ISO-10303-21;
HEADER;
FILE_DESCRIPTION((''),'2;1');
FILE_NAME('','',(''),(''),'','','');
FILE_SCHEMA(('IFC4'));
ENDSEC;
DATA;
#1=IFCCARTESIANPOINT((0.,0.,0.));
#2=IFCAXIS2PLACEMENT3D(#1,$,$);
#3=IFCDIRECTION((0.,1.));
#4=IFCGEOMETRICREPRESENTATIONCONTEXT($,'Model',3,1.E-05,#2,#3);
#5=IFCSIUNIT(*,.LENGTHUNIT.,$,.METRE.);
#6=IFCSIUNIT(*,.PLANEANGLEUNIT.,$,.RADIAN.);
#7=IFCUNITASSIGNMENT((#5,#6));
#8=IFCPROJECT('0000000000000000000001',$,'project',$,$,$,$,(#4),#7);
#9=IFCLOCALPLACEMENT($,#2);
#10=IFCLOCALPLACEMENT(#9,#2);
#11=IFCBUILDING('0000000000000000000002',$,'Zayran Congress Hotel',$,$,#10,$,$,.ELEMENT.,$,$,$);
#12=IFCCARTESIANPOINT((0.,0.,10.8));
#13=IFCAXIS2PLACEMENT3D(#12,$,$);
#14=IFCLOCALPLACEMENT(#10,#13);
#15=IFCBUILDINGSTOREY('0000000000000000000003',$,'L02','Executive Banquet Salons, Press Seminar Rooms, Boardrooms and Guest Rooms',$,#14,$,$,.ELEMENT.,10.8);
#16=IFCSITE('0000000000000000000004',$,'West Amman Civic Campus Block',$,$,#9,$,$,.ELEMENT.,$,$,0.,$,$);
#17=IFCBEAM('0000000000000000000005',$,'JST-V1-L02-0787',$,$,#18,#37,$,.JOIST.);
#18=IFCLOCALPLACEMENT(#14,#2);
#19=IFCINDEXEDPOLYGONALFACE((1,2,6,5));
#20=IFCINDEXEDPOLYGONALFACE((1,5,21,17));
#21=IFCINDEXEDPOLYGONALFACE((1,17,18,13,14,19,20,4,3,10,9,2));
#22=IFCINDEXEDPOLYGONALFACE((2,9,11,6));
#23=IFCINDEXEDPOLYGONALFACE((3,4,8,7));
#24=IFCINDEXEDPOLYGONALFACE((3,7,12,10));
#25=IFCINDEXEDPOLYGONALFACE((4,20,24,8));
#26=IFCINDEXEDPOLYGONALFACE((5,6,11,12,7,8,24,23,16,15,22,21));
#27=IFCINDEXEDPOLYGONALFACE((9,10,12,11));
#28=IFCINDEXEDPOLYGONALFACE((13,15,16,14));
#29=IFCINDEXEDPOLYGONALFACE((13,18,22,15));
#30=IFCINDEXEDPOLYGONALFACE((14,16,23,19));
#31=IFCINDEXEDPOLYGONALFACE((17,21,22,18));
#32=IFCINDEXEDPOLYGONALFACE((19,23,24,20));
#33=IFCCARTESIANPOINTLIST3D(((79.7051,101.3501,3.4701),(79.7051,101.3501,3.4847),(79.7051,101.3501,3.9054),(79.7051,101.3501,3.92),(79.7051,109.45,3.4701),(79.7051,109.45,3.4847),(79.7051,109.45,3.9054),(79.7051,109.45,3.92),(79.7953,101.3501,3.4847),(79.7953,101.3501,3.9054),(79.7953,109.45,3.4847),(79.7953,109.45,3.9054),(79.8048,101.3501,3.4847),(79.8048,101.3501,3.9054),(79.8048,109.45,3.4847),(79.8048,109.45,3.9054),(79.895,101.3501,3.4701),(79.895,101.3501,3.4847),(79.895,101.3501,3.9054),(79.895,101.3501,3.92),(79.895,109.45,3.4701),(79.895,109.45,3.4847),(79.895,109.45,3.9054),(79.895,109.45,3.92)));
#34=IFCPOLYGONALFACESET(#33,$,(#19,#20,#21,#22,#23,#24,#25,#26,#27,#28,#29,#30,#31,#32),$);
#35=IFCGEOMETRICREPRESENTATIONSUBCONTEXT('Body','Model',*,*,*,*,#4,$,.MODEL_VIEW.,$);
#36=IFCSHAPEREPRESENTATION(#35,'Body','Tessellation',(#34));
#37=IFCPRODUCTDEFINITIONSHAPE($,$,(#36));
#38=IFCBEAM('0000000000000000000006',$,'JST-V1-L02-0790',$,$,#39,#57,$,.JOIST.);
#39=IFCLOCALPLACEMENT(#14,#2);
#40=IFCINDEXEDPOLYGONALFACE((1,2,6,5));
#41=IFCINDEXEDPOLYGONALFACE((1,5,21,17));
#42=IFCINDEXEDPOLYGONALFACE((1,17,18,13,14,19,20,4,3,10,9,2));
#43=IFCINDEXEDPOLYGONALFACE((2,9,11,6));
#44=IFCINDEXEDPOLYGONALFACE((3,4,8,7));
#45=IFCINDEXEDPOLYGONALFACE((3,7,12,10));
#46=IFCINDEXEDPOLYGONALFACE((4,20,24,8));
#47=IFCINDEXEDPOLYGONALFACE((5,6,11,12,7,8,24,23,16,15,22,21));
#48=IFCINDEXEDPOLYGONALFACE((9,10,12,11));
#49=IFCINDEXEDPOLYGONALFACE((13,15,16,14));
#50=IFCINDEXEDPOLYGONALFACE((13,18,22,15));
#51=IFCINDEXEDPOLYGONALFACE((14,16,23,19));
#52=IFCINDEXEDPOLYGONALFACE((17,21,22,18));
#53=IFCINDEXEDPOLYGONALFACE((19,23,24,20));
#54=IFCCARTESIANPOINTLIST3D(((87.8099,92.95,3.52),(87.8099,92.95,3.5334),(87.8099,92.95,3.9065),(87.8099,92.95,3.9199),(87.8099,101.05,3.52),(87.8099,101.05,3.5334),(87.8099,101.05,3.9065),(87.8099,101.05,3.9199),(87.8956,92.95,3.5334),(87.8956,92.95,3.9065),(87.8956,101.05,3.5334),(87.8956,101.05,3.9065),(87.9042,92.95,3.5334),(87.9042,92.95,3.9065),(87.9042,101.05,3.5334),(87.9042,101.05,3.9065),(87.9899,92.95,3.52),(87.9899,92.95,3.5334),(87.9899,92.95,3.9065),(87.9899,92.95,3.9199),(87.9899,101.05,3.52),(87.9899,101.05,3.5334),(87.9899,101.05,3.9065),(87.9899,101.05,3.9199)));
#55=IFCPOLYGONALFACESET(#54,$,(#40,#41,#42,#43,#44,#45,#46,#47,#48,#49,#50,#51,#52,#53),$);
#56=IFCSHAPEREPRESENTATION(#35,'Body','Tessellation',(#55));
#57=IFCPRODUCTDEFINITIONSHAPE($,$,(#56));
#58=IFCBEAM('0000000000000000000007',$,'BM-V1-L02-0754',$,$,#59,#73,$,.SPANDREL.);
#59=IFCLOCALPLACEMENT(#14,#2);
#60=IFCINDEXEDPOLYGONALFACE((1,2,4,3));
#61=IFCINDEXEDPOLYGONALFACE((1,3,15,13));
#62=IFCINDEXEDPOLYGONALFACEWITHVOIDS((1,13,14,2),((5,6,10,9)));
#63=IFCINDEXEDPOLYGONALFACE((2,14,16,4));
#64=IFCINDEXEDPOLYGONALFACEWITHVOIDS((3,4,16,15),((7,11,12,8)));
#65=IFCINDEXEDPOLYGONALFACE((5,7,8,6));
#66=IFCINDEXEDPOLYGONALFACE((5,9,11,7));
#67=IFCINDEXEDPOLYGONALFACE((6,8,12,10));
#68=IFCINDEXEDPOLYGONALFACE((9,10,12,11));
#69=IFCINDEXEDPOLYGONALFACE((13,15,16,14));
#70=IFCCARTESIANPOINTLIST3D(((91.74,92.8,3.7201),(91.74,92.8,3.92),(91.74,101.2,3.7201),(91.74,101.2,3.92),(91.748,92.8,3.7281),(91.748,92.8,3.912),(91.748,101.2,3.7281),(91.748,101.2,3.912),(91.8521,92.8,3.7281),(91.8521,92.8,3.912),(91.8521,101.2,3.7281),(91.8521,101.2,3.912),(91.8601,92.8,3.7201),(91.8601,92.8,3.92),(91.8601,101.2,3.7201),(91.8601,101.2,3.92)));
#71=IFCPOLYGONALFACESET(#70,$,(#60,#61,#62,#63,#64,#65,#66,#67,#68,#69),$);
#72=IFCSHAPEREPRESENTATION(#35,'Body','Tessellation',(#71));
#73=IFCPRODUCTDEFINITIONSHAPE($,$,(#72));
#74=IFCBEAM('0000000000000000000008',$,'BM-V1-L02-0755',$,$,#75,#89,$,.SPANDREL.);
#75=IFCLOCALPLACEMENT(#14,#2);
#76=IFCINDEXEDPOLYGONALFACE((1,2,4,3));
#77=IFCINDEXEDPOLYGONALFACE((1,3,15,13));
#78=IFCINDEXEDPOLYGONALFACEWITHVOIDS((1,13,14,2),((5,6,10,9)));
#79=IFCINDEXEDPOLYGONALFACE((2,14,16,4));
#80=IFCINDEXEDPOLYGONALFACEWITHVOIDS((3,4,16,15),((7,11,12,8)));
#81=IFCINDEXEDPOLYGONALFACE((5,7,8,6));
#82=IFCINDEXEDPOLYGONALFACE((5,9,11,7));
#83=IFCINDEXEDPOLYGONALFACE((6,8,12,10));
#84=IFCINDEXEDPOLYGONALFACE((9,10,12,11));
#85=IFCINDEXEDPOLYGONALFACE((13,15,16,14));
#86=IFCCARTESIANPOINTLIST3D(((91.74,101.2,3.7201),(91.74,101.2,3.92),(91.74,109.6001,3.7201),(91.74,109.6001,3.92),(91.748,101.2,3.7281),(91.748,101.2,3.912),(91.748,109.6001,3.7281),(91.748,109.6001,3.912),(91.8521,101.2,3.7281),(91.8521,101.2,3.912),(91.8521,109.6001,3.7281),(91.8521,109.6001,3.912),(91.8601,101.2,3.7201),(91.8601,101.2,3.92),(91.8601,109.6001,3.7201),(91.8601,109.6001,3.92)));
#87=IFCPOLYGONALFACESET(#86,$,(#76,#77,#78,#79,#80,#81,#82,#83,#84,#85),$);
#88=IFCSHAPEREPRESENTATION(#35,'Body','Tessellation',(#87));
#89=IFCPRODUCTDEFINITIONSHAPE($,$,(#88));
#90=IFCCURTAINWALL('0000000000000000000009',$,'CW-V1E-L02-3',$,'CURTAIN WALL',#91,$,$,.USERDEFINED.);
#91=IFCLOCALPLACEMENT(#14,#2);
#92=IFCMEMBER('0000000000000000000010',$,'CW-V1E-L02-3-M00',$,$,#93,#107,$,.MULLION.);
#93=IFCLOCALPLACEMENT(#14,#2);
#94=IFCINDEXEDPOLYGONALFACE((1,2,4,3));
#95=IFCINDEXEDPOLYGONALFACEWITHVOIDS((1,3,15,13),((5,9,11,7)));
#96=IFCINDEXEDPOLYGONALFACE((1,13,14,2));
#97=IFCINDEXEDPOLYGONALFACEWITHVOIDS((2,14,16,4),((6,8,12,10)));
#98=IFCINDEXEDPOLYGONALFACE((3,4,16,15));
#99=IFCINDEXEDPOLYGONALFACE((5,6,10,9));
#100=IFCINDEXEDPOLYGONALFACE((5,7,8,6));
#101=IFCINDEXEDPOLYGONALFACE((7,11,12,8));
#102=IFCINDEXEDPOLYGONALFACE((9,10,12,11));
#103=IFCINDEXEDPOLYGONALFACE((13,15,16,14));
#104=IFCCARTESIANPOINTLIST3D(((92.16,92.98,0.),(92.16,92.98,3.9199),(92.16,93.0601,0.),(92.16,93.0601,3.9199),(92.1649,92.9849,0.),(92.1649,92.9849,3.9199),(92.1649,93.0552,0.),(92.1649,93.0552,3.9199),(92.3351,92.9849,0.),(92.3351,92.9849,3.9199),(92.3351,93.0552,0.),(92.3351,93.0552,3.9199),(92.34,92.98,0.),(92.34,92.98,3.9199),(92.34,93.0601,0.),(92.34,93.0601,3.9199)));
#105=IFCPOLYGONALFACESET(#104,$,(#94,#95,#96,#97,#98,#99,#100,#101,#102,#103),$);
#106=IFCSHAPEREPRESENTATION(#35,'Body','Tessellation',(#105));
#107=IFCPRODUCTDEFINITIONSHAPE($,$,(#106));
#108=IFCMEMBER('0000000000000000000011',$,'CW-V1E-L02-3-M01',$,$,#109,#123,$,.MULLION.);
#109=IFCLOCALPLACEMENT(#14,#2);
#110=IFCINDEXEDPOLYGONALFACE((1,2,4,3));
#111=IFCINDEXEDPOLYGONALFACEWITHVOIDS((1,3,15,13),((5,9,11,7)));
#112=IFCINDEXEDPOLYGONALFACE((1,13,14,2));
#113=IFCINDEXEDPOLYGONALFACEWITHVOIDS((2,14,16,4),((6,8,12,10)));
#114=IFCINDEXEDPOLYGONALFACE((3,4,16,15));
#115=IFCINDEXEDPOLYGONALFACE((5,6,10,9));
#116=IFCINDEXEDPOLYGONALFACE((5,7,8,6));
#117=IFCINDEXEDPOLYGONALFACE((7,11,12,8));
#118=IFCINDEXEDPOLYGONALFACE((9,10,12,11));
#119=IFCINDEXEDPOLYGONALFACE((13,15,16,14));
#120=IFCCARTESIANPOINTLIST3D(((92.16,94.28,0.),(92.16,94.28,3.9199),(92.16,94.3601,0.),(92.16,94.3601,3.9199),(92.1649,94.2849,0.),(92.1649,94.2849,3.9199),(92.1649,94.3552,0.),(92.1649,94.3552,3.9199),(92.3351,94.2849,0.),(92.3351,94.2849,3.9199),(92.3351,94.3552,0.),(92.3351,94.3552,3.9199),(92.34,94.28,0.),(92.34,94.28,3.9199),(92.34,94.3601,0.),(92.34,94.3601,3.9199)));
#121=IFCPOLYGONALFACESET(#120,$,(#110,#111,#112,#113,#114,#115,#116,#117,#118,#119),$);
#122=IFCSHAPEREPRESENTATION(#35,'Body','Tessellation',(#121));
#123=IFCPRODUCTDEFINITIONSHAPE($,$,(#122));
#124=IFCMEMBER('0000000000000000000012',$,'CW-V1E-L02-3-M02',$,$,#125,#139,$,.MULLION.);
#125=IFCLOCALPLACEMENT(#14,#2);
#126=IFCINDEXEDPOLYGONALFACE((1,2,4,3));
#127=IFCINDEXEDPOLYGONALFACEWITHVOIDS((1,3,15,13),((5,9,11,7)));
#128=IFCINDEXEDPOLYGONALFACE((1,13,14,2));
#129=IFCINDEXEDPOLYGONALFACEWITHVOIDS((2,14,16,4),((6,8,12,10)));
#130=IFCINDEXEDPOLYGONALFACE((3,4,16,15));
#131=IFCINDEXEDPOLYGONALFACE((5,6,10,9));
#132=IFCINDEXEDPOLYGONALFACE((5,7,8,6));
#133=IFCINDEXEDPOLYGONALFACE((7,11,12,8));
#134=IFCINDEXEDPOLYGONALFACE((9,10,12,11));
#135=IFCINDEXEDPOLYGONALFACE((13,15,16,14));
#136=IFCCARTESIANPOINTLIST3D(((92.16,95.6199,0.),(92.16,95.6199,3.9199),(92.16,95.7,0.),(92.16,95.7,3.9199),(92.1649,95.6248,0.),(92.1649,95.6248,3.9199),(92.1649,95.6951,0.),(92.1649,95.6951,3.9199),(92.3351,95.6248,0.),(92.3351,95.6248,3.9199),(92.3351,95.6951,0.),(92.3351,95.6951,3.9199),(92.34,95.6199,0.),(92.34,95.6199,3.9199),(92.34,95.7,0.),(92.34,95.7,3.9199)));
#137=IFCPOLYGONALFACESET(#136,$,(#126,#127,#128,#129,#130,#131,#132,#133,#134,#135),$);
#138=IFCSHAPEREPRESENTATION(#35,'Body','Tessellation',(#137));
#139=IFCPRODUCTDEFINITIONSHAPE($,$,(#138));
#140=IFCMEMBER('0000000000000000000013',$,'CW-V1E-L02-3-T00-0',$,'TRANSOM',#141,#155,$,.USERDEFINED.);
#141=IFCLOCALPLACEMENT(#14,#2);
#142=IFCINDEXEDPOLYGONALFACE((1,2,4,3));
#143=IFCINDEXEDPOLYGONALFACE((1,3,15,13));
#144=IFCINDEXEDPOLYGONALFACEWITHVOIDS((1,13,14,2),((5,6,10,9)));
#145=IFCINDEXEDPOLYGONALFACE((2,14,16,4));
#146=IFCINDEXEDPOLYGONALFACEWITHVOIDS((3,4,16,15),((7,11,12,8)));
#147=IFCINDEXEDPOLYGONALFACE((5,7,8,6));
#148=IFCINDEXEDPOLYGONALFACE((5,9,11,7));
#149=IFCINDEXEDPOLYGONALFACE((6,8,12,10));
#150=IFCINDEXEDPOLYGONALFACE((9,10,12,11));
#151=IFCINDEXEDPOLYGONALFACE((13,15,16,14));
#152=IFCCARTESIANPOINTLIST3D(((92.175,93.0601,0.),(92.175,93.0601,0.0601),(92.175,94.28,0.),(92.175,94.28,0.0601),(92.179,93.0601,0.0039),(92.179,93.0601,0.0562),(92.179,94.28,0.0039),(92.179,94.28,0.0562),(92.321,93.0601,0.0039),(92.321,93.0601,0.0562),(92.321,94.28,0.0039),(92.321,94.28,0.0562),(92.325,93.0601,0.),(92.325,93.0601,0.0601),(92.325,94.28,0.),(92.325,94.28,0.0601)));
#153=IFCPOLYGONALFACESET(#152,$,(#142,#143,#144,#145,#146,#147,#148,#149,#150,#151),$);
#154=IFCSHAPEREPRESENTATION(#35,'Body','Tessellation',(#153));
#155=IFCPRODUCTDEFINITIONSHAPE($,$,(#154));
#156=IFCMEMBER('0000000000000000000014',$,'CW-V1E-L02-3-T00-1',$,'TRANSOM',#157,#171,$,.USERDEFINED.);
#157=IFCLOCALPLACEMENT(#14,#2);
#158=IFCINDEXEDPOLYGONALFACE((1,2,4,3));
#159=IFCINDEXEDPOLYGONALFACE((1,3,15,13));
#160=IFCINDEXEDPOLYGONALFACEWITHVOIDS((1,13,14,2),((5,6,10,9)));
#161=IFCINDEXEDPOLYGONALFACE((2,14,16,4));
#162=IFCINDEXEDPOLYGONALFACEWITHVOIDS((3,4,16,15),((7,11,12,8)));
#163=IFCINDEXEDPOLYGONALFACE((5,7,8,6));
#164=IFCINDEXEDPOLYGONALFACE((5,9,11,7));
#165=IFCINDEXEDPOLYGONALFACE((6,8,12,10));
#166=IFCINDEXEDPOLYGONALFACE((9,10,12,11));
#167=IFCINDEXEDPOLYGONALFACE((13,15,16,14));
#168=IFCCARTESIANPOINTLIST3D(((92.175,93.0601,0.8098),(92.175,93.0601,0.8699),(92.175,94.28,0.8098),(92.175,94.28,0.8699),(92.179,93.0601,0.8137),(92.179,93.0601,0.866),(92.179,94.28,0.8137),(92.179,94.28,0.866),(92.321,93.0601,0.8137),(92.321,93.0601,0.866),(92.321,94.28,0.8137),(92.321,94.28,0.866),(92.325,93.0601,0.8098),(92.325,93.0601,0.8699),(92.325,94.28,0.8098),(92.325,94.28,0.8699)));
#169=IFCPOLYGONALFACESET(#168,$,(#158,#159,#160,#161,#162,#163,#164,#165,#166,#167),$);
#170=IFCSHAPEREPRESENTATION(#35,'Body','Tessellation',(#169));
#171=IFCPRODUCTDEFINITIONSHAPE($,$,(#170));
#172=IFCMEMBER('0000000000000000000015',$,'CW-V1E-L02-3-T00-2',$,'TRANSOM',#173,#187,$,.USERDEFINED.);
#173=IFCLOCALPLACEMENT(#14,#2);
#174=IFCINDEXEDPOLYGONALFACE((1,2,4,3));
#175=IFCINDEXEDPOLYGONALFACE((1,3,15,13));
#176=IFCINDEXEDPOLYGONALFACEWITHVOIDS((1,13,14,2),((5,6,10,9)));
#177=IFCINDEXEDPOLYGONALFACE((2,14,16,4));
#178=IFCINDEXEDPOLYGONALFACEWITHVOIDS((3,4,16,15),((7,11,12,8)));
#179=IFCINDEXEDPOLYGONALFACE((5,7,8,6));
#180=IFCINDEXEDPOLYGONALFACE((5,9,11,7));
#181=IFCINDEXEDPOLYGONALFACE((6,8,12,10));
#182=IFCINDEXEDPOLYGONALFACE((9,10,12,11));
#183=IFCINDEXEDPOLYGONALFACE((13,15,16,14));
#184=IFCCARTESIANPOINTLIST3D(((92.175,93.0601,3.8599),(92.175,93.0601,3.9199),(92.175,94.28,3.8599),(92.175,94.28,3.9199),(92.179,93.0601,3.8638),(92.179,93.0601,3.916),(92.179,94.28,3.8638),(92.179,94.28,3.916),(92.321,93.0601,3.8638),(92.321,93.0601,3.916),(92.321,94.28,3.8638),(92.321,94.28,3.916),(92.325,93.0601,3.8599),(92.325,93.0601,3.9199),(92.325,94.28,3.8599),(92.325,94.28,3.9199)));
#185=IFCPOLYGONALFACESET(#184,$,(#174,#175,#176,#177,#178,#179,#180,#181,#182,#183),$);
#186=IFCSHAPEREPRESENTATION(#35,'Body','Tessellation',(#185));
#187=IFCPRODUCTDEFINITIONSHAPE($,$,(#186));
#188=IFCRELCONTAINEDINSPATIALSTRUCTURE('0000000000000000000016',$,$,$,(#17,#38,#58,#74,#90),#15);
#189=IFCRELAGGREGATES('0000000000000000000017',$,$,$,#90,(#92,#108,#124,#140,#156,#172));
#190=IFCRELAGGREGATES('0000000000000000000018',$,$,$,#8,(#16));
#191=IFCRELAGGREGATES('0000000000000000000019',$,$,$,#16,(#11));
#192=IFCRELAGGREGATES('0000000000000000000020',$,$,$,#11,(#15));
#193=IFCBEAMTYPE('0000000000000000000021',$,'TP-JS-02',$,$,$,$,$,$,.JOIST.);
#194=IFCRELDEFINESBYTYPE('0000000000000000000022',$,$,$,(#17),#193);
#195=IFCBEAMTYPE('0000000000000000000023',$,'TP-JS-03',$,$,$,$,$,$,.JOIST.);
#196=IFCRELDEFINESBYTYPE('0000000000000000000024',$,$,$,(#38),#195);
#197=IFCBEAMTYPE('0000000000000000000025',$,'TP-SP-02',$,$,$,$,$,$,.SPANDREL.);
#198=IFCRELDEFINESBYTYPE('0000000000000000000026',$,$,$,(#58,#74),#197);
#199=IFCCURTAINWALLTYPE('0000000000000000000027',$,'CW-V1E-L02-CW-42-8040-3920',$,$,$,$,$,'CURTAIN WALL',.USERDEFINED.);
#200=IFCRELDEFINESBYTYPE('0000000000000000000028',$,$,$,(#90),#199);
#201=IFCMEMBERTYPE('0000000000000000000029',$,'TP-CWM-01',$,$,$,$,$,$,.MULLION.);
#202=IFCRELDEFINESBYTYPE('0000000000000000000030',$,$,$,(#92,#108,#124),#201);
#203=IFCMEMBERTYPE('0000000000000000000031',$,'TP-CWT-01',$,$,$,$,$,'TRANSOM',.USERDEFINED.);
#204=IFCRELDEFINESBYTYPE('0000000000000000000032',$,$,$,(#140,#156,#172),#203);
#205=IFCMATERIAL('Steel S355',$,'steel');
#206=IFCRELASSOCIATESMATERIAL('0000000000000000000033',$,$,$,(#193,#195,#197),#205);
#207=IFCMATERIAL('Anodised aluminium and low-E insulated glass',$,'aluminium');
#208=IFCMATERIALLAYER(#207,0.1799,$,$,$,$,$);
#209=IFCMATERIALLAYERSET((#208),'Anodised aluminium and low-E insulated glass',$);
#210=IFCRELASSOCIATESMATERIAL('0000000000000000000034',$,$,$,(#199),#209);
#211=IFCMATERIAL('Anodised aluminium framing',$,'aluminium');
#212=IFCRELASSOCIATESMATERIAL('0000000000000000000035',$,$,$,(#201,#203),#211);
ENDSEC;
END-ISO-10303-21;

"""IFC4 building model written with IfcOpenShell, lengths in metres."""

from ifc_helpers import new_model, si_unit, direction, frame, origin, origin_2d, place, context, subcontext, project, spatial, hollow_rectangle, i_section, extrude, material, layer, layer_set, material_profile, profile_set, type_object, element, aggregate, save


model = new_model("IFC4")

# Units and contexts
model_context = context("Model", 3, precision=1e-05, world=origin(), true_north=direction((0.0, 1.0)))
body_context = subcontext(model_context, "Body", "Model", "MODEL_VIEW")
ifc_project = project(units=[si_unit("LENGTHUNIT", "METRE"), si_unit("PLANEANGLEUNIT", "RADIAN")], contexts=[model_context])

# Site, building, storey
site_placement = place(None, origin())
site = spatial("IfcSite", under=ifc_project, at=site_placement, Name="West Amman Civic Campus Block", CompositionType="ELEMENT", RefElevation=0.0)
building_placement = place(site_placement, origin())
building = spatial("IfcBuilding", under=site, at=building_placement, Name="Zayran Congress Hotel", CompositionType="ELEMENT")
storey_placement = place(building_placement, frame((0.0, 0.0, 10.8)))
storey = spatial("IfcBuildingStorey", under=building, at=storey_placement, Name="L02", Description="Executive Banquet Salons, Press Seminar Rooms, Boardrooms and Guest Rooms", CompositionType="ELEMENT", Elevation=10.8)

# Shared definitions
ifc_material_1 = material(Name="Steel S355", Category="steel")

# Beams
ifc_material_profile_1 = material_profile(ifc_material_1, i_section(OverallWidth=0.1899, OverallDepth=0.45, WebThickness=0.0095, FlangeThickness=0.0146, at=origin_2d()), Name="IPE 450")
ifc_profile_set_1 = profile_set([ifc_material_profile_1], Name="Steel S355")
beam_type_1 = type_object("IfcBeamType", Name="TP-JS-02", PredefinedType="JOIST", material=ifc_profile_set_1)
beam_1_placement = place(storey_placement, frame((79.8, 101.3501, 3.6951), z_axis=(0.0, 1.0, 0.0), x_axis=(-1.0, 0.0, 0.0)))
element("IfcBeam", 1, at=beam_1_placement, inside=storey, type_object=beam_type_1, Name="JST-V1-L02-0787", PredefinedType="JOIST", context=body_context, shape_type="SweptSolid", body=[
    extrude(i_section(OverallWidth=0.1899, OverallDepth=0.45, WebThickness=0.0095, FlangeThickness=0.0146, at=origin_2d()), origin(), (0.0, 0.0, 1.0), 8.0999),
])
ifc_material_profile_2 = material_profile(ifc_material_1, i_section(OverallWidth=0.1799, OverallDepth=0.3999, WebThickness=0.0085, FlangeThickness=0.0134, at=origin_2d()), Name="IPE 400")
ifc_profile_set_2 = profile_set([ifc_material_profile_2], Name="Steel S355")
beam_type_2 = type_object("IfcBeamType", Name="TP-JS-03", PredefinedType="JOIST", material=ifc_profile_set_2)
beam_2_placement = place(storey_placement, frame((87.8999, 92.95, 3.72), z_axis=(0.0, 1.0, 0.0), x_axis=(-1.0, 0.0, 0.0)))
element("IfcBeam", 2, at=beam_2_placement, inside=storey, type_object=beam_type_2, Name="JST-V1-L02-0790", PredefinedType="JOIST", context=body_context, shape_type="SweptSolid", body=[
    extrude(i_section(OverallWidth=0.1799, OverallDepth=0.3999, WebThickness=0.0085, FlangeThickness=0.0134, at=origin_2d()), origin(), (0.0, 0.0, 1.0), 8.1001),
])
ifc_material_profile_3 = material_profile(ifc_material_1, hollow_rectangle(XDim=0.1201, YDim=0.2, WallThickness=0.0081, at=origin_2d()), Name="RHS 200x120x8")
ifc_profile_set_3 = profile_set([ifc_material_profile_3], Name="Steel S355")
beam_type_3 = type_object("IfcBeamType", Name="TP-SP-02", PredefinedType="SPANDREL", material=ifc_profile_set_3)
beam_3_placement = place(storey_placement, frame((91.8, 92.8, 3.8201), z_axis=(0.0, 1.0, 0.0), x_axis=(-1.0, 0.0, 0.0)))
element("IfcBeam", 3, at=beam_3_placement, inside=storey, type_object=beam_type_3, Name="BM-V1-L02-0754", PredefinedType="SPANDREL", context=body_context, shape_type="SweptSolid", body=[
    extrude(hollow_rectangle(XDim=0.1201, YDim=0.2, WallThickness=0.0081, at=origin_2d()), origin(), (0.0, 0.0, 1.0), 8.3999),
])
beam_4_placement = place(storey_placement, frame((91.8, 101.2, 3.8201), z_axis=(0.0, 1.0, 0.0), x_axis=(-1.0, 0.0, 0.0)))
element("IfcBeam", 4, at=beam_4_placement, inside=storey, type_object=beam_type_3, Name="BM-V1-L02-0755", PredefinedType="SPANDREL", context=body_context, shape_type="SweptSolid", body=[
    extrude(hollow_rectangle(XDim=0.1201, YDim=0.2, WallThickness=0.0081, at=origin_2d()), origin(), (0.0, 0.0, 1.0), 8.4001),
])

# Curtain wall, members
ifc_material_2 = material(Name="Anodised aluminium and low-E insulated glass", Category="aluminium")
ifc_layer_1 = layer(ifc_material_2, 0.1799)
ifc_layer_set_1 = layer_set([ifc_layer_1], Name="Anodised aluminium and low-E insulated glass")
curtain_wall_type = type_object("IfcCurtainWallType", Name="CW-V1E-L02-CW-42-8040-3920", ElementType="CURTAIN WALL", PredefinedType="USERDEFINED", material=ifc_layer_set_1)
curtain_wall_placement = place(storey_placement, origin())
curtain_wall = element("IfcCurtainWall", 5, at=curtain_wall_placement, inside=storey, type_object=curtain_wall_type, Name="CW-V1E-L02-3", ObjectType="CURTAIN WALL", PredefinedType="USERDEFINED")
ifc_material_3 = material(Name="Anodised aluminium framing", Category="aluminium")
ifc_material_profile_4 = material_profile(ifc_material_3, hollow_rectangle(XDim=0.0801, YDim=0.1799, WallThickness=0.0049, at=origin_2d()), Name="RHS 180x80x5")
ifc_profile_set_4 = profile_set([ifc_material_profile_4], Name="Anodised aluminium framing")
member_type_1 = type_object("IfcMemberType", Name="TP-CWM-01", PredefinedType="MULLION", material=ifc_profile_set_4)
member_1_placement = place(storey_placement, frame((92.25, 93.02, 0.0), z_axis=(0.0, 0.0, 1.0), x_axis=(0.0, 1.0, 0.0)))
member_1 = element("IfcMember", 6, at=member_1_placement, type_object=member_type_1, Name="CW-V1E-L02-3-M00", PredefinedType="MULLION", context=body_context, shape_type="SweptSolid", body=[
    extrude(hollow_rectangle(XDim=0.0801, YDim=0.1799, WallThickness=0.0049, at=origin_2d()), origin(), (0.0, 0.0, 1.0), 3.9199),
])
member_2_placement = place(storey_placement, frame((92.25, 94.3201, 0.0), z_axis=(0.0, 0.0, 1.0), x_axis=(0.0, 1.0, 0.0)))
member_2 = element("IfcMember", 7, at=member_2_placement, type_object=member_type_1, Name="CW-V1E-L02-3-M01", PredefinedType="MULLION", context=body_context, shape_type="SweptSolid", body=[
    extrude(hollow_rectangle(XDim=0.0801, YDim=0.1799, WallThickness=0.0049, at=origin_2d()), origin(), (0.0, 0.0, 1.0), 3.9199),
])
member_3_placement = place(storey_placement, frame((92.25, 95.6599, 0.0), z_axis=(0.0, 0.0, 1.0), x_axis=(0.0, 1.0, 0.0)))
member_3 = element("IfcMember", 8, at=member_3_placement, type_object=member_type_1, Name="CW-V1E-L02-3-M02", PredefinedType="MULLION", context=body_context, shape_type="SweptSolid", body=[
    extrude(hollow_rectangle(XDim=0.0801, YDim=0.1799, WallThickness=0.0049, at=origin_2d()), origin(), (0.0, 0.0, 1.0), 3.9199),
])
ifc_material_profile_5 = material_profile(ifc_material_3, hollow_rectangle(XDim=0.0601, YDim=0.1499, WallThickness=0.0039, at=origin_2d()), Name="RHS 150x60x4")
ifc_profile_set_5 = profile_set([ifc_material_profile_5], Name="Anodised aluminium framing")
member_type_2 = type_object("IfcMemberType", Name="TP-CWT-01", ElementType="TRANSOM", PredefinedType="USERDEFINED", material=ifc_profile_set_5)
member_4_placement = place(storey_placement, frame((92.25, 93.0601, 0.03), z_axis=(0.0, 1.0, 0.0), x_axis=(0.0, 0.0, 1.0)))
member_4 = element("IfcMember", 9, at=member_4_placement, type_object=member_type_2, Name="CW-V1E-L02-3-T00-0", ObjectType="TRANSOM", PredefinedType="USERDEFINED", context=body_context, shape_type="SweptSolid", body=[
    extrude(hollow_rectangle(XDim=0.0601, YDim=0.1499, WallThickness=0.0039, at=origin_2d()), origin(), (0.0, 0.0, 1.0), 1.22),
])
member_5_placement = place(storey_placement, frame((92.25, 93.0601, 0.8398), z_axis=(0.0, 1.0, 0.0), x_axis=(0.0, 0.0, 1.0)))
member_5 = element("IfcMember", 10, at=member_5_placement, type_object=member_type_2, Name="CW-V1E-L02-3-T00-1", ObjectType="TRANSOM", PredefinedType="USERDEFINED", context=body_context, shape_type="SweptSolid", body=[
    extrude(hollow_rectangle(XDim=0.0601, YDim=0.1499, WallThickness=0.0039, at=origin_2d()), origin(), (0.0, 0.0, 1.0), 1.22),
])
member_6_placement = place(storey_placement, frame((92.25, 93.0601, 3.8899), z_axis=(0.0, 1.0, 0.0), x_axis=(0.0, 0.0, 1.0)))
member_6 = element("IfcMember", 11, at=member_6_placement, type_object=member_type_2, Name="CW-V1E-L02-3-T00-2", ObjectType="TRANSOM", PredefinedType="USERDEFINED", context=body_context, shape_type="SweptSolid", body=[
    extrude(hollow_rectangle(XDim=0.0601, YDim=0.1499, WallThickness=0.0039, at=origin_2d()), origin(), (0.0, 0.0, 1.0), 1.22),
])
aggregate(curtain_wall, [member_1, member_2, member_3, member_4, member_5, member_6])

save(model, "model.ifc")
